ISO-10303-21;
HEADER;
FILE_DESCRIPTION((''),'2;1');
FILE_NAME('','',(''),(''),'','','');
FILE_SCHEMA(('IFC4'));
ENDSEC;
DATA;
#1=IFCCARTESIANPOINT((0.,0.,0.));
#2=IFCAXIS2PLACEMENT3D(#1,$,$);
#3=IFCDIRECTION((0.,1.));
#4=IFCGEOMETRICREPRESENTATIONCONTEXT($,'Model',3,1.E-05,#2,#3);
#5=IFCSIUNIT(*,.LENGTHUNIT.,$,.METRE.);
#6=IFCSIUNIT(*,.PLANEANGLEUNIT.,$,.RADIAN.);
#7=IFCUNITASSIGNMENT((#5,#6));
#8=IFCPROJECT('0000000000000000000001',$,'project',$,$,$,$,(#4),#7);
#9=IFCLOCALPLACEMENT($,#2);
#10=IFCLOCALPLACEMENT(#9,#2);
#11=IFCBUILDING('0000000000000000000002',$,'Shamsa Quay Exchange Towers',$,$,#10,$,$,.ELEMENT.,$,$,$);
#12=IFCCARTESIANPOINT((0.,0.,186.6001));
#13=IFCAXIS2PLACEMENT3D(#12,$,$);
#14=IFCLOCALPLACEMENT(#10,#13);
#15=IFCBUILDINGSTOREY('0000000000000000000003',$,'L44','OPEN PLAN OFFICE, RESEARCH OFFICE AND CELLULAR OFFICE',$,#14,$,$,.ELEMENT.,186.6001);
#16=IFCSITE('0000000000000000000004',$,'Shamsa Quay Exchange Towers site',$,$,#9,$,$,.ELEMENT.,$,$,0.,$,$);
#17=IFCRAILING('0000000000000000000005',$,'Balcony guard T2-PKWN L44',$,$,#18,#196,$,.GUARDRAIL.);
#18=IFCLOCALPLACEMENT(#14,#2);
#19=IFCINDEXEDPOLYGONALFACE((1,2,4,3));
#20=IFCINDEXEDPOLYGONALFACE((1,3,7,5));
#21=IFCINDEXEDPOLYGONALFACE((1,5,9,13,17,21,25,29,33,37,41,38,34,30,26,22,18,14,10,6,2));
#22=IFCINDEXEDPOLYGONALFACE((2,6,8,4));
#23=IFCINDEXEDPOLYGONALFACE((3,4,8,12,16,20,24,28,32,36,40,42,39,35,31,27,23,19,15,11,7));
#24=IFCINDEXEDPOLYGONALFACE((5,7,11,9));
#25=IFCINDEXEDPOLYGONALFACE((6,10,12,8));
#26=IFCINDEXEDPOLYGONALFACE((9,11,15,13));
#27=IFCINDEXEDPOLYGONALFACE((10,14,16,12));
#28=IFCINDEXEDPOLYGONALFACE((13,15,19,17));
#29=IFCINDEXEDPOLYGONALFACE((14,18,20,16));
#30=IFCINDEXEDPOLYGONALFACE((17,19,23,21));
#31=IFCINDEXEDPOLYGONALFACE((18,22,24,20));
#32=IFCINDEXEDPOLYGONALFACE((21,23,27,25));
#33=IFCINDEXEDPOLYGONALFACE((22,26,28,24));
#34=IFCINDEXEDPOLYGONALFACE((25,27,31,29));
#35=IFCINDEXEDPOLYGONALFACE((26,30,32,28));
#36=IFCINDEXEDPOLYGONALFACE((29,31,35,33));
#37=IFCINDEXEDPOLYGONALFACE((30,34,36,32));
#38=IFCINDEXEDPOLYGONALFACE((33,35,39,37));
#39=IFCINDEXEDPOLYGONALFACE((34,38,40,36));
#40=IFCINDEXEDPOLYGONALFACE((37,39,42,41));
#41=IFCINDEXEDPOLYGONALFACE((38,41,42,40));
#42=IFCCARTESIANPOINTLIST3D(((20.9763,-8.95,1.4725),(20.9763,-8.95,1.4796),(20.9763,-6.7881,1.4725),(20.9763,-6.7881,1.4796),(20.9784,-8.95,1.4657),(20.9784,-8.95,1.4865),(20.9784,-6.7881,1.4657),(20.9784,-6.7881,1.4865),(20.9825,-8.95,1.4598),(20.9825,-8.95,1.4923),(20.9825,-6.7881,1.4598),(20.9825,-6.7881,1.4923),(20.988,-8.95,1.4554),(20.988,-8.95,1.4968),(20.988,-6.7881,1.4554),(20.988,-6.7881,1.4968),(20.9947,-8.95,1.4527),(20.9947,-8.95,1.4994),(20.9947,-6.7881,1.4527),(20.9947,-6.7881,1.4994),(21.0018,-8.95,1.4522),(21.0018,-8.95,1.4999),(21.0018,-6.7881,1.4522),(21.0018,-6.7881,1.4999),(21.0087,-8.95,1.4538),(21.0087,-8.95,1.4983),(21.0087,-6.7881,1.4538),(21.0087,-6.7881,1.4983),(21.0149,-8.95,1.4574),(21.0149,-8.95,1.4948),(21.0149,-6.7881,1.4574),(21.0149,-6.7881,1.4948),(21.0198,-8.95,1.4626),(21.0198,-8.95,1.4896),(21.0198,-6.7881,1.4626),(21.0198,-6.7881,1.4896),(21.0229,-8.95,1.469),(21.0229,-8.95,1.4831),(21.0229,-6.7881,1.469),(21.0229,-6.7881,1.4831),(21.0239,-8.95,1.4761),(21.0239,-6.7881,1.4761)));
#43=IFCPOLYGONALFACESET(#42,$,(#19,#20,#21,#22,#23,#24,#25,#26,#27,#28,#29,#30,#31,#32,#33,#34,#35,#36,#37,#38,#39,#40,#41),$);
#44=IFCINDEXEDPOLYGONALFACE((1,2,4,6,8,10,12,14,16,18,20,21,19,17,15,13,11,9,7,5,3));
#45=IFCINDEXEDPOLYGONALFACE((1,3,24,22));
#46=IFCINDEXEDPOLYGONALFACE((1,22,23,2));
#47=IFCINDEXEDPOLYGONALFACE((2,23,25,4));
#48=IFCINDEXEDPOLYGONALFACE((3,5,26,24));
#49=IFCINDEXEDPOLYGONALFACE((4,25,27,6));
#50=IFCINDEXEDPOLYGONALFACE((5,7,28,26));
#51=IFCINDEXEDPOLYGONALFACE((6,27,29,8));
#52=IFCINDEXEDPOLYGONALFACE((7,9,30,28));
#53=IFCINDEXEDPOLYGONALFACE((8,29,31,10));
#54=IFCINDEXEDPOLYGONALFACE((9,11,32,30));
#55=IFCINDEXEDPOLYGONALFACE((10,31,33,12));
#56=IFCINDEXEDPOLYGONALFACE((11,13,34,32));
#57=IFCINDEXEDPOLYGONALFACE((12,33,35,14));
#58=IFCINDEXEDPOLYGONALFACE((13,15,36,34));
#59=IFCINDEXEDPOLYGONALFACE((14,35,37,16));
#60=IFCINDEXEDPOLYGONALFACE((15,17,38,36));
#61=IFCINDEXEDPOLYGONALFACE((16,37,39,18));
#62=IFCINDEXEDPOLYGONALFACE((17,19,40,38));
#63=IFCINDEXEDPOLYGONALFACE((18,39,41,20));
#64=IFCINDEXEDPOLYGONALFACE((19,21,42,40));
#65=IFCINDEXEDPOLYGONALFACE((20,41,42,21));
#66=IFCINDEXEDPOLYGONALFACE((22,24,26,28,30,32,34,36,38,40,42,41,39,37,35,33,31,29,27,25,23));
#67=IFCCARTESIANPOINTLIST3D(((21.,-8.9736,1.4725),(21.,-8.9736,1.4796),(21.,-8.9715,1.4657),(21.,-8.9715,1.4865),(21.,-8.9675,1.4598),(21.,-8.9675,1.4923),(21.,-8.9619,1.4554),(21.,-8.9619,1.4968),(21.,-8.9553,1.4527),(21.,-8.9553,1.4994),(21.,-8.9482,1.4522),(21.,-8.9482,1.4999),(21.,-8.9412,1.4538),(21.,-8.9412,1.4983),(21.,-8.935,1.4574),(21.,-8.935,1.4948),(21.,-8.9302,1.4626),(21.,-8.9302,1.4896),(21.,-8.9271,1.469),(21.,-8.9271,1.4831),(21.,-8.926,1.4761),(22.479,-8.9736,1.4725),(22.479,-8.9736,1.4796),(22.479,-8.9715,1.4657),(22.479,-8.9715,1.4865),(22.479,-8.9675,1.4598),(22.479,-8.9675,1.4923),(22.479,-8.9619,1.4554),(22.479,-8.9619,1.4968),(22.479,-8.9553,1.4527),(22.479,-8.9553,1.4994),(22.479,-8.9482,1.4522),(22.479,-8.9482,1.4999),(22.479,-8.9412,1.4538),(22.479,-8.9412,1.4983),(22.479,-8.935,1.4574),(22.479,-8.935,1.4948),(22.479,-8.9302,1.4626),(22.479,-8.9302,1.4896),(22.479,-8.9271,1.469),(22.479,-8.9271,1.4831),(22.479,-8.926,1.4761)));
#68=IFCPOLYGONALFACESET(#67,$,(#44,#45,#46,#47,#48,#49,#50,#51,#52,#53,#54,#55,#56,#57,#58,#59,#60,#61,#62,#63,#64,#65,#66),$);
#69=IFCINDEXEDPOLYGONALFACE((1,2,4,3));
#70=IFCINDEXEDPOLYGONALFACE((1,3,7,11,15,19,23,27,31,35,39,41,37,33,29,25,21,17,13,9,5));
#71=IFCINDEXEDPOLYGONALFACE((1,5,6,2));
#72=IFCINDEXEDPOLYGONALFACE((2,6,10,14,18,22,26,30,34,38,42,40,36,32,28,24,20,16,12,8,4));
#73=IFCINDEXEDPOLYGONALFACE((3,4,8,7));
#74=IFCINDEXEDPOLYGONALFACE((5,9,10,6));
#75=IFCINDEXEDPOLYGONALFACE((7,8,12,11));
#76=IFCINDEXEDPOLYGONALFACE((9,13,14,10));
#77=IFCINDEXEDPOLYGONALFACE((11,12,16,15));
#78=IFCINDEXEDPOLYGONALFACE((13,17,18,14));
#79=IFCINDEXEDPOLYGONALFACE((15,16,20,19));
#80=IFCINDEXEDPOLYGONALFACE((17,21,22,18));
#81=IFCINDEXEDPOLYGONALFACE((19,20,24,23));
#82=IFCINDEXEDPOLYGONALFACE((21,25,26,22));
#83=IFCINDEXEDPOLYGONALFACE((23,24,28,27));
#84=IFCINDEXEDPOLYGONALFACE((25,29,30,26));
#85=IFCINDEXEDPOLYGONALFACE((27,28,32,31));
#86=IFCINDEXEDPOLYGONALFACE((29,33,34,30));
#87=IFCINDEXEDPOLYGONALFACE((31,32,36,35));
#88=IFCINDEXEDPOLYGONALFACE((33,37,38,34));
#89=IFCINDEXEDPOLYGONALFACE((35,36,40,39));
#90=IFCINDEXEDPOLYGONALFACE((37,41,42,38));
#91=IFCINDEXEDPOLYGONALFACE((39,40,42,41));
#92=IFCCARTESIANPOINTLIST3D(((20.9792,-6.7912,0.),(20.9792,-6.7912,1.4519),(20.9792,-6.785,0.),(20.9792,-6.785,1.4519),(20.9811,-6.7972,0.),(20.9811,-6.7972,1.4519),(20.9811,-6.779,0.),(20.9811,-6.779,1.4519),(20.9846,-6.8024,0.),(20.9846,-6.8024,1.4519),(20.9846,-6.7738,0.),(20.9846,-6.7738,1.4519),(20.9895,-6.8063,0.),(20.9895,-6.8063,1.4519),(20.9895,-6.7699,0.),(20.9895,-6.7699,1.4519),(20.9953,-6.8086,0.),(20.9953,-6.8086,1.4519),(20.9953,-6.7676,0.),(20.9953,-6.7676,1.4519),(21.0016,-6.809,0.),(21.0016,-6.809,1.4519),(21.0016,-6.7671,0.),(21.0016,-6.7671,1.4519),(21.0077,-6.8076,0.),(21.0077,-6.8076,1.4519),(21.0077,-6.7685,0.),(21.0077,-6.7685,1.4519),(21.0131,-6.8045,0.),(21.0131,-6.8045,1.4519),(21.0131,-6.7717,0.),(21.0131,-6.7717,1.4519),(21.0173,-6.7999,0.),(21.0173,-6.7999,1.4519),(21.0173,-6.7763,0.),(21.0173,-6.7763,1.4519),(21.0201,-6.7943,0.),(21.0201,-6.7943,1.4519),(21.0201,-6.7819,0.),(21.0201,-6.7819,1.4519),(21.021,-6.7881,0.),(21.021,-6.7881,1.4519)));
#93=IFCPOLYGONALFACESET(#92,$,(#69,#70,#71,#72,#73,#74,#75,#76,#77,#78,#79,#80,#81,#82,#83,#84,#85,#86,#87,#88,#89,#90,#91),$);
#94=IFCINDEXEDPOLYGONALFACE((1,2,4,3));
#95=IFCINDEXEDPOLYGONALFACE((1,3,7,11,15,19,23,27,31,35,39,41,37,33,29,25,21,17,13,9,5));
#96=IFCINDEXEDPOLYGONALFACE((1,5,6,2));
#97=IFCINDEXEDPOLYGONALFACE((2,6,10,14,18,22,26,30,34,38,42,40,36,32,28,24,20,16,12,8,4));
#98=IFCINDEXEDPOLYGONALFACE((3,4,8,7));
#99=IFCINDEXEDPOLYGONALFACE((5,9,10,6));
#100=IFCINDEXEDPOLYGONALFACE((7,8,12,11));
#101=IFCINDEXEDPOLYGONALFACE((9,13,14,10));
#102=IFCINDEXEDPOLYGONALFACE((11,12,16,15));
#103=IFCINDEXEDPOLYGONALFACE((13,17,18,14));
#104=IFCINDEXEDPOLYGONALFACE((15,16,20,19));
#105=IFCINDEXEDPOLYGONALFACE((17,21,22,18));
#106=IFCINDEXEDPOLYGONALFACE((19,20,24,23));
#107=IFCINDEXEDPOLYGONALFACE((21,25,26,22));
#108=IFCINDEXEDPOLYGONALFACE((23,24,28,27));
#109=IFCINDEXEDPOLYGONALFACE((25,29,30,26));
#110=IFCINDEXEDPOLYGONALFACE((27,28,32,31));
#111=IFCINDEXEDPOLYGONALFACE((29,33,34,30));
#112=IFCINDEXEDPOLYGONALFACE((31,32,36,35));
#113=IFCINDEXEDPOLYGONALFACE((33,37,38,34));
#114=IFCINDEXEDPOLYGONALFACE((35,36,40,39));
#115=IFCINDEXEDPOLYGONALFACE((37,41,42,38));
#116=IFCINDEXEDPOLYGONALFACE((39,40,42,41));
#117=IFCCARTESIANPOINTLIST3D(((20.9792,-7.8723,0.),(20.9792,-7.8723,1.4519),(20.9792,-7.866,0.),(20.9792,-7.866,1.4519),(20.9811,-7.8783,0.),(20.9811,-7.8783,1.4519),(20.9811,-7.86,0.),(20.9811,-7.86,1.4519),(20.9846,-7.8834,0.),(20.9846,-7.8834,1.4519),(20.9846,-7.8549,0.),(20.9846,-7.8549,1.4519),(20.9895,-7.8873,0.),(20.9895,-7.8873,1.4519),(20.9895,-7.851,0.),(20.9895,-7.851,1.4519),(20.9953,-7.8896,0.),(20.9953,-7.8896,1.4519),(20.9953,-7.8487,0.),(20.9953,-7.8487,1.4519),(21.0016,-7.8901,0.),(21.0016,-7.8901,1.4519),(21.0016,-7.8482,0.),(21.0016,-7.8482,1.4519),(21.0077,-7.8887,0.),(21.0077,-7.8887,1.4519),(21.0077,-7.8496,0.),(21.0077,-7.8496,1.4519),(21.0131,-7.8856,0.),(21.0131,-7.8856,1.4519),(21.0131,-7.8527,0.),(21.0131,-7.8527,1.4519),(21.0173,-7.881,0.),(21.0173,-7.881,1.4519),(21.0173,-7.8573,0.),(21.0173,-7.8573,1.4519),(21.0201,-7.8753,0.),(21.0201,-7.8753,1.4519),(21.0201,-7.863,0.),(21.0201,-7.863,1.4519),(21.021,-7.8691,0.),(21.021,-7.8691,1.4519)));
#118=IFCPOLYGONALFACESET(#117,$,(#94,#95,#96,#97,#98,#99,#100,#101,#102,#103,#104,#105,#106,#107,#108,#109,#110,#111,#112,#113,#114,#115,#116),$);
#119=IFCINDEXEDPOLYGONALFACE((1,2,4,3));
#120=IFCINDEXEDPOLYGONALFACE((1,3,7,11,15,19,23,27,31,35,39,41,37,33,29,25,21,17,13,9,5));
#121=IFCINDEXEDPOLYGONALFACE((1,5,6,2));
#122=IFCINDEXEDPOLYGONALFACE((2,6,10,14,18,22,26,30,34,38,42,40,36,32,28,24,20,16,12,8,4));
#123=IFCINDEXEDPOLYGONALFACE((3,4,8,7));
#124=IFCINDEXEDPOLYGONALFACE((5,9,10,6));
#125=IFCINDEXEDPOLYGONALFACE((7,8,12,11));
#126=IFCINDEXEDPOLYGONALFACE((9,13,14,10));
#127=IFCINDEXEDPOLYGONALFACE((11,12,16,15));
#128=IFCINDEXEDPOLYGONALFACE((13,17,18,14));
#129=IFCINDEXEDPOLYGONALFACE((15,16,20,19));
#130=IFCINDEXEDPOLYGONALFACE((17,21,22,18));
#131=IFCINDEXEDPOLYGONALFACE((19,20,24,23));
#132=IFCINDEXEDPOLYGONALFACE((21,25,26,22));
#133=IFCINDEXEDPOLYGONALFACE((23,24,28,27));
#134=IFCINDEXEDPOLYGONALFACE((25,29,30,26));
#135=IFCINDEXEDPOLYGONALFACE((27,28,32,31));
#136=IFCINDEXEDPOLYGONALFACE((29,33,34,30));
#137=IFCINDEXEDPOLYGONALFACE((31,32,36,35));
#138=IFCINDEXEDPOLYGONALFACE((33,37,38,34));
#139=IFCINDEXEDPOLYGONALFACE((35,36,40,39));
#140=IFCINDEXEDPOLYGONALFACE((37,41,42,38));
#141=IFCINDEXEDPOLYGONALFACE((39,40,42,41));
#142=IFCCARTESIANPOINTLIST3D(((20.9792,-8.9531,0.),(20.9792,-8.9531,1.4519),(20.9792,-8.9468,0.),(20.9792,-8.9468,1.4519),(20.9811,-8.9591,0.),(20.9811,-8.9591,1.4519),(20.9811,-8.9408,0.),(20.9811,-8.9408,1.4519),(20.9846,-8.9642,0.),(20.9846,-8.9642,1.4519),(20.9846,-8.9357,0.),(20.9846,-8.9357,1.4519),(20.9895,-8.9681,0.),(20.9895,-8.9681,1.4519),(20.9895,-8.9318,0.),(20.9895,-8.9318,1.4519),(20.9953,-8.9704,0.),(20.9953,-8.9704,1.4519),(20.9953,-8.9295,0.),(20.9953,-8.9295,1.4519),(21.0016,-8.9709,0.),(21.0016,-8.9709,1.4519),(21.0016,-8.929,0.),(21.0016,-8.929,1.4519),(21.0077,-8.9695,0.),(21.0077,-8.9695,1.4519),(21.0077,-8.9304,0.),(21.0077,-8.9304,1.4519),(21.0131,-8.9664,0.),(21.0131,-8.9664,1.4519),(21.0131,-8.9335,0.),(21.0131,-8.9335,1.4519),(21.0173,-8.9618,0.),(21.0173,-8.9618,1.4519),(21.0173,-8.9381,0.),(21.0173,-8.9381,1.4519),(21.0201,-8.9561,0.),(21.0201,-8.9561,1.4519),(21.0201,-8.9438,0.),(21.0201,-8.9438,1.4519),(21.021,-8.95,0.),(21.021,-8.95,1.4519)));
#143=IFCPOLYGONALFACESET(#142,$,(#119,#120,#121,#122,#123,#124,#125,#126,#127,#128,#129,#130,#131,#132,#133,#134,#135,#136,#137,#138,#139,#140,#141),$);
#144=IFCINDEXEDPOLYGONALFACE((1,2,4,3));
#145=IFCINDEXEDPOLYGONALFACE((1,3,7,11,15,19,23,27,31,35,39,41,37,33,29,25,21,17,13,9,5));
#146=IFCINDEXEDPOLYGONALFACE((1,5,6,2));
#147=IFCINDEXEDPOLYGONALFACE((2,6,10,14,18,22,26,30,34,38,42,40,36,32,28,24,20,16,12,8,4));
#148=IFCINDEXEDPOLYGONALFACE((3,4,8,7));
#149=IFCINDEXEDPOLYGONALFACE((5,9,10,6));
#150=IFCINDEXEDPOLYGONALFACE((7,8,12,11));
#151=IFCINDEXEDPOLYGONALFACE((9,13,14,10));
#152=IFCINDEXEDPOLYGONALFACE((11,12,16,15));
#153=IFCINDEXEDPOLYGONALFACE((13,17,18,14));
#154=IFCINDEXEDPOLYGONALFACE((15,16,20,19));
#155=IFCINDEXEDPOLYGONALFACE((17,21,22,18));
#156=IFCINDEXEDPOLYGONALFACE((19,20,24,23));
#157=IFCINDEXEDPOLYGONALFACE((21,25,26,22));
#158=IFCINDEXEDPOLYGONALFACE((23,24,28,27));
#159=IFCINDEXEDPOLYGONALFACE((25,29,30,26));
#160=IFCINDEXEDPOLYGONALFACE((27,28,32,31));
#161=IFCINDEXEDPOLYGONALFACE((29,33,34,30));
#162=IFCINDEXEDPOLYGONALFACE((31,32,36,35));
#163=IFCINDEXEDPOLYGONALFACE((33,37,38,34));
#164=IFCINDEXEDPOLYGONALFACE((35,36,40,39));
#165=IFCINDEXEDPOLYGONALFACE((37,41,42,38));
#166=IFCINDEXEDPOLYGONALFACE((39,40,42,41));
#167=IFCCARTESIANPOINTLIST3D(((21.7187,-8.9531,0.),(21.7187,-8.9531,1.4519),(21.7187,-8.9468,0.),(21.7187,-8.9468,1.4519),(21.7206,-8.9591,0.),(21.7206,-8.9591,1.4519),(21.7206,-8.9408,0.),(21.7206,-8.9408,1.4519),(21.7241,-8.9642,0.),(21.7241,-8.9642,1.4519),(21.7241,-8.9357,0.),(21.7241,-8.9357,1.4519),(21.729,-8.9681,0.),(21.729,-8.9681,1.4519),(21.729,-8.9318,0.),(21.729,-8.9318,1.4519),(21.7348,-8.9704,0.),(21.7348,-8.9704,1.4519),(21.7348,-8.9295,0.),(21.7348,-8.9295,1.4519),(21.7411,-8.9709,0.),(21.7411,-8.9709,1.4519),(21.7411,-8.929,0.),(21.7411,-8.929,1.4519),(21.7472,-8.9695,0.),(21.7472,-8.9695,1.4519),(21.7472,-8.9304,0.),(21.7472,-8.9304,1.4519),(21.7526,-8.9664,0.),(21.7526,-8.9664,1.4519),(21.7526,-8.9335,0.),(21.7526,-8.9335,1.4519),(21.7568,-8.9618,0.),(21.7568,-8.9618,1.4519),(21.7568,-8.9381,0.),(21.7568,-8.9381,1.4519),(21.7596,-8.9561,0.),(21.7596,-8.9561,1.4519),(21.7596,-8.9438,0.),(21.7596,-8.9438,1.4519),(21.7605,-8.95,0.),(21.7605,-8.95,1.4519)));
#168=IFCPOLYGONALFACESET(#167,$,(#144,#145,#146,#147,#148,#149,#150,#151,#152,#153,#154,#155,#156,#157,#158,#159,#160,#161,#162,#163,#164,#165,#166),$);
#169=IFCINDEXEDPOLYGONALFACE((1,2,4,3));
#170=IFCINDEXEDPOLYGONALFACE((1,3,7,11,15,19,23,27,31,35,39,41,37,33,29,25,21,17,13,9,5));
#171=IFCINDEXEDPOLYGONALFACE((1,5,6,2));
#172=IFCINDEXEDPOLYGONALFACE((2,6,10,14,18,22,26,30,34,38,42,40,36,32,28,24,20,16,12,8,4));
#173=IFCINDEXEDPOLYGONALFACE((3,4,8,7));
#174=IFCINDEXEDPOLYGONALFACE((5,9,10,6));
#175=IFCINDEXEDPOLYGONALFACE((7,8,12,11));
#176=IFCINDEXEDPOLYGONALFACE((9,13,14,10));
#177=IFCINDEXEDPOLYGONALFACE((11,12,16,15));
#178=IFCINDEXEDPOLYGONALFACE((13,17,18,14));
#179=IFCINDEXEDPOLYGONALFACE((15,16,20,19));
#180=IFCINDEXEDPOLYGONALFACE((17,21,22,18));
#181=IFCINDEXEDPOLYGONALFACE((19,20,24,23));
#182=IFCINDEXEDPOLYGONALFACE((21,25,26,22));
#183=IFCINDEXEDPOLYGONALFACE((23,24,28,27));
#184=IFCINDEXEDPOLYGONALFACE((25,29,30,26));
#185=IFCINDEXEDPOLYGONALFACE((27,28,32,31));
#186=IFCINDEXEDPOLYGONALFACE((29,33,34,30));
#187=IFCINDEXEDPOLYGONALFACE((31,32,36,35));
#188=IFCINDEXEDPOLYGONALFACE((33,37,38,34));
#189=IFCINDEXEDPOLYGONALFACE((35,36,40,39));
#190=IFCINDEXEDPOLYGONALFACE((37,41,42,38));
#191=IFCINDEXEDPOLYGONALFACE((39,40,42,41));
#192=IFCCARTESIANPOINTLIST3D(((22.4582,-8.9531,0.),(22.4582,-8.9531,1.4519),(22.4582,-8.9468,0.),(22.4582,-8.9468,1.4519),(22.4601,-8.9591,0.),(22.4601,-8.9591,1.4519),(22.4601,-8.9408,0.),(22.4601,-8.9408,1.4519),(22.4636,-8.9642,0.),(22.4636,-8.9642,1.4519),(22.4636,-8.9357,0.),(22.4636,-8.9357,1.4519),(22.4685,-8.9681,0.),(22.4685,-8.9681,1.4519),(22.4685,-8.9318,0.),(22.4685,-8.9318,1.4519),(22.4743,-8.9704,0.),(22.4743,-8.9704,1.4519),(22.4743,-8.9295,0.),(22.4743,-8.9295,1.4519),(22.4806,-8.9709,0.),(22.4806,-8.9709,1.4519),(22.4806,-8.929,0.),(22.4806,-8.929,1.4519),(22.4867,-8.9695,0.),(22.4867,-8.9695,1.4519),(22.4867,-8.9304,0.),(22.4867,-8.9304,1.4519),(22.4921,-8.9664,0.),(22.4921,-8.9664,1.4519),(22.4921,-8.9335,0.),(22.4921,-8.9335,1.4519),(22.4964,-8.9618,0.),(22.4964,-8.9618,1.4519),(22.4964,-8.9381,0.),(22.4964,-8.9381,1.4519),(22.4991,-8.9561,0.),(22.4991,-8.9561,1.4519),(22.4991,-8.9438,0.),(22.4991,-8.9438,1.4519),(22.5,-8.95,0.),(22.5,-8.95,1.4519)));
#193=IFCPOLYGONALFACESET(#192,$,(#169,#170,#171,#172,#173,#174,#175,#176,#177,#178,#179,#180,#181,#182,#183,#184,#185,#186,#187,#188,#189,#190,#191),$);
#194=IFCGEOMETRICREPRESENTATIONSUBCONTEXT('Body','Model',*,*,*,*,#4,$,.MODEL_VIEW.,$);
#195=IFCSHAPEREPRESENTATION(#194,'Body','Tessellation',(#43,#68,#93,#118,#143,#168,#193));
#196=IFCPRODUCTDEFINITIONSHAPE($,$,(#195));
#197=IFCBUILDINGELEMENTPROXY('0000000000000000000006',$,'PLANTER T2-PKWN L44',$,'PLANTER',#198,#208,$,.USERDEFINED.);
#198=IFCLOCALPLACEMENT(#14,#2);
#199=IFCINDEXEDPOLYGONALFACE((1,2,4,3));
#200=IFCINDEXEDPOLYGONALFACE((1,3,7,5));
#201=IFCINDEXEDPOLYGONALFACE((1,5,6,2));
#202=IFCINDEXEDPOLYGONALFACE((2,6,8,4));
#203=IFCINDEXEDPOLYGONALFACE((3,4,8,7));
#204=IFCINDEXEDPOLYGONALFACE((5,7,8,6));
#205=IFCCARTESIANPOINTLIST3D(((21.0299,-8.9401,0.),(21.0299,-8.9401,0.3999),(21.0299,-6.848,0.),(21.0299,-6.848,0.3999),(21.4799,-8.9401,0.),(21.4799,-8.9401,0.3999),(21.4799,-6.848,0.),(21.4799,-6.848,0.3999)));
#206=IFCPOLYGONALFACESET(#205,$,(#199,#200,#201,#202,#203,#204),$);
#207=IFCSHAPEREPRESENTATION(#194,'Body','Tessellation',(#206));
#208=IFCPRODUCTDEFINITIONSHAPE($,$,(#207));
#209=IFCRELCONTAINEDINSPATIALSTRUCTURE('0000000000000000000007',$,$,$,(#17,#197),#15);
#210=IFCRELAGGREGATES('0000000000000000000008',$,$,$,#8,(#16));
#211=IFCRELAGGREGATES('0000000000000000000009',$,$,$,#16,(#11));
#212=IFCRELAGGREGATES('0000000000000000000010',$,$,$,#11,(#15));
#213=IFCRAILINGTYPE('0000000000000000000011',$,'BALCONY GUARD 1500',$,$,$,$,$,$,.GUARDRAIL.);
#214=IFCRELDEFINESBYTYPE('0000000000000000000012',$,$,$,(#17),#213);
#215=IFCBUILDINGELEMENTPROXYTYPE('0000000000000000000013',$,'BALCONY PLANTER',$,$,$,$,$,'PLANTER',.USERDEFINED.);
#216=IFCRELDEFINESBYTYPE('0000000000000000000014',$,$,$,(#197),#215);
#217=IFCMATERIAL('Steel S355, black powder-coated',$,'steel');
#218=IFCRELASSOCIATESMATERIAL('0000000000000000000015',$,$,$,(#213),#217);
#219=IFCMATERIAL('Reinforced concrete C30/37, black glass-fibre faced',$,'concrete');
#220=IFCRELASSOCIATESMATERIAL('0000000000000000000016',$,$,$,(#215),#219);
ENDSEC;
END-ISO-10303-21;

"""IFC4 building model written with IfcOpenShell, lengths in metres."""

from ifc_helpers import new_model, si_unit, direction, frame, origin, origin_2d, place, context, subcontext, project, spatial, rectangle, circle, extrude, material, type_object, element, save


model = new_model("IFC4")

# Units and contexts
model_context = context("Model", 3, precision=1e-05, world=origin(), true_north=direction((0.0, 1.0)))
body_context = subcontext(model_context, "Body", "Model", "MODEL_VIEW")
ifc_project = project(units=[si_unit("LENGTHUNIT", "METRE"), si_unit("PLANEANGLEUNIT", "RADIAN")], contexts=[model_context])

# Site, building, storey
site_placement = place(None, origin())
site = spatial("IfcSite", under=ifc_project, at=site_placement, Name="Shamsa Quay Exchange Towers site", CompositionType="ELEMENT", RefElevation=0.0)
building_placement = place(site_placement, origin())
building = spatial("IfcBuilding", under=site, at=building_placement, Name="Shamsa Quay Exchange Towers", CompositionType="ELEMENT")
storey_placement = place(building_placement, frame((0.0, 0.0, 186.6001)))
storey = spatial("IfcBuildingStorey", under=building, at=storey_placement, Name="L44", Description="OPEN PLAN OFFICE, RESEARCH OFFICE AND CELLULAR OFFICE", CompositionType="ELEMENT", Elevation=186.6001)

# Railing
ifc_material_1 = material(Name="Steel S355, black powder-coated", Category="steel")
railing_type_1 = type_object("IfcRailingType", Name="BALCONY GUARD 1500", PredefinedType="GUARDRAIL", material=ifc_material_1)
railing_1_placement = place(storey_placement, frame((21.0, -6.7881, 0.0)))
element("IfcRailing", 1, at=railing_1_placement, inside=storey, type_object=railing_type_1, Name="Balcony guard T2-PKWN L44", PredefinedType="GUARDRAIL", context=body_context, shape_type="SweptSolid", body=[
    extrude(circle(Radius=0.0239, at=origin_2d()), frame((0.0, 0.0, 1.4761), z_axis=(0.0, -1.0, 0.0), x_axis=(1.0, 0.0, 0.0)), (0.0, 0.0, 1.0), 2.1619),
    extrude(circle(Radius=0.0239, at=origin_2d()), frame((0.0, -2.1619, 1.4761), z_axis=(1.0, 0.0, 0.0), x_axis=(0.0, 1.0, 0.0)), (0.0, 0.0, 1.0), 1.479),
    extrude(circle(Radius=0.021, at=origin_2d()), origin(), (0.0, 0.0, 1.0), 1.4519),
    extrude(circle(Radius=0.021, at=origin_2d()), frame((0.0, -1.0811, 0.0)), (0.0, 0.0, 1.0), 1.4519),
    extrude(circle(Radius=0.021, at=origin_2d()), frame((0.0, -2.1619, 0.0)), (0.0, 0.0, 1.0), 1.4519),
    extrude(circle(Radius=0.021, at=origin_2d()), frame((0.7395, -2.1619, 0.0)), (0.0, 0.0, 1.0), 1.4519),
    extrude(circle(Radius=0.021, at=origin_2d()), frame((1.479, -2.1619, 0.0)), (0.0, 0.0, 1.0), 1.4519),
])

# Building element proxy
ifc_material_2 = material(Name="Reinforced concrete C30/37, black glass-fibre faced", Category="concrete")
building_element_proxy_type = type_object("IfcBuildingElementProxyType", Name="BALCONY PLANTER", ElementType="PLANTER", PredefinedType="USERDEFINED", material=ifc_material_2)
proxy_placement = place(storey_placement, frame((21.2549, -7.894, 0.0), z_axis=(0.0, 0.0, 1.0), x_axis=(0.0, -1.0, 0.0)))
element("IfcBuildingElementProxy", 2, at=proxy_placement, inside=storey, type_object=building_element_proxy_type, Name="PLANTER T2-PKWN L44", ObjectType="PLANTER", PredefinedType="USERDEFINED", context=body_context, shape_type="SweptSolid", body=[
    extrude(rectangle(XDim=2.092, YDim=0.45, at=origin_2d()), origin(), (0.0, 0.0, 1.0), 0.3999),
])

save(model, "model.ifc")
